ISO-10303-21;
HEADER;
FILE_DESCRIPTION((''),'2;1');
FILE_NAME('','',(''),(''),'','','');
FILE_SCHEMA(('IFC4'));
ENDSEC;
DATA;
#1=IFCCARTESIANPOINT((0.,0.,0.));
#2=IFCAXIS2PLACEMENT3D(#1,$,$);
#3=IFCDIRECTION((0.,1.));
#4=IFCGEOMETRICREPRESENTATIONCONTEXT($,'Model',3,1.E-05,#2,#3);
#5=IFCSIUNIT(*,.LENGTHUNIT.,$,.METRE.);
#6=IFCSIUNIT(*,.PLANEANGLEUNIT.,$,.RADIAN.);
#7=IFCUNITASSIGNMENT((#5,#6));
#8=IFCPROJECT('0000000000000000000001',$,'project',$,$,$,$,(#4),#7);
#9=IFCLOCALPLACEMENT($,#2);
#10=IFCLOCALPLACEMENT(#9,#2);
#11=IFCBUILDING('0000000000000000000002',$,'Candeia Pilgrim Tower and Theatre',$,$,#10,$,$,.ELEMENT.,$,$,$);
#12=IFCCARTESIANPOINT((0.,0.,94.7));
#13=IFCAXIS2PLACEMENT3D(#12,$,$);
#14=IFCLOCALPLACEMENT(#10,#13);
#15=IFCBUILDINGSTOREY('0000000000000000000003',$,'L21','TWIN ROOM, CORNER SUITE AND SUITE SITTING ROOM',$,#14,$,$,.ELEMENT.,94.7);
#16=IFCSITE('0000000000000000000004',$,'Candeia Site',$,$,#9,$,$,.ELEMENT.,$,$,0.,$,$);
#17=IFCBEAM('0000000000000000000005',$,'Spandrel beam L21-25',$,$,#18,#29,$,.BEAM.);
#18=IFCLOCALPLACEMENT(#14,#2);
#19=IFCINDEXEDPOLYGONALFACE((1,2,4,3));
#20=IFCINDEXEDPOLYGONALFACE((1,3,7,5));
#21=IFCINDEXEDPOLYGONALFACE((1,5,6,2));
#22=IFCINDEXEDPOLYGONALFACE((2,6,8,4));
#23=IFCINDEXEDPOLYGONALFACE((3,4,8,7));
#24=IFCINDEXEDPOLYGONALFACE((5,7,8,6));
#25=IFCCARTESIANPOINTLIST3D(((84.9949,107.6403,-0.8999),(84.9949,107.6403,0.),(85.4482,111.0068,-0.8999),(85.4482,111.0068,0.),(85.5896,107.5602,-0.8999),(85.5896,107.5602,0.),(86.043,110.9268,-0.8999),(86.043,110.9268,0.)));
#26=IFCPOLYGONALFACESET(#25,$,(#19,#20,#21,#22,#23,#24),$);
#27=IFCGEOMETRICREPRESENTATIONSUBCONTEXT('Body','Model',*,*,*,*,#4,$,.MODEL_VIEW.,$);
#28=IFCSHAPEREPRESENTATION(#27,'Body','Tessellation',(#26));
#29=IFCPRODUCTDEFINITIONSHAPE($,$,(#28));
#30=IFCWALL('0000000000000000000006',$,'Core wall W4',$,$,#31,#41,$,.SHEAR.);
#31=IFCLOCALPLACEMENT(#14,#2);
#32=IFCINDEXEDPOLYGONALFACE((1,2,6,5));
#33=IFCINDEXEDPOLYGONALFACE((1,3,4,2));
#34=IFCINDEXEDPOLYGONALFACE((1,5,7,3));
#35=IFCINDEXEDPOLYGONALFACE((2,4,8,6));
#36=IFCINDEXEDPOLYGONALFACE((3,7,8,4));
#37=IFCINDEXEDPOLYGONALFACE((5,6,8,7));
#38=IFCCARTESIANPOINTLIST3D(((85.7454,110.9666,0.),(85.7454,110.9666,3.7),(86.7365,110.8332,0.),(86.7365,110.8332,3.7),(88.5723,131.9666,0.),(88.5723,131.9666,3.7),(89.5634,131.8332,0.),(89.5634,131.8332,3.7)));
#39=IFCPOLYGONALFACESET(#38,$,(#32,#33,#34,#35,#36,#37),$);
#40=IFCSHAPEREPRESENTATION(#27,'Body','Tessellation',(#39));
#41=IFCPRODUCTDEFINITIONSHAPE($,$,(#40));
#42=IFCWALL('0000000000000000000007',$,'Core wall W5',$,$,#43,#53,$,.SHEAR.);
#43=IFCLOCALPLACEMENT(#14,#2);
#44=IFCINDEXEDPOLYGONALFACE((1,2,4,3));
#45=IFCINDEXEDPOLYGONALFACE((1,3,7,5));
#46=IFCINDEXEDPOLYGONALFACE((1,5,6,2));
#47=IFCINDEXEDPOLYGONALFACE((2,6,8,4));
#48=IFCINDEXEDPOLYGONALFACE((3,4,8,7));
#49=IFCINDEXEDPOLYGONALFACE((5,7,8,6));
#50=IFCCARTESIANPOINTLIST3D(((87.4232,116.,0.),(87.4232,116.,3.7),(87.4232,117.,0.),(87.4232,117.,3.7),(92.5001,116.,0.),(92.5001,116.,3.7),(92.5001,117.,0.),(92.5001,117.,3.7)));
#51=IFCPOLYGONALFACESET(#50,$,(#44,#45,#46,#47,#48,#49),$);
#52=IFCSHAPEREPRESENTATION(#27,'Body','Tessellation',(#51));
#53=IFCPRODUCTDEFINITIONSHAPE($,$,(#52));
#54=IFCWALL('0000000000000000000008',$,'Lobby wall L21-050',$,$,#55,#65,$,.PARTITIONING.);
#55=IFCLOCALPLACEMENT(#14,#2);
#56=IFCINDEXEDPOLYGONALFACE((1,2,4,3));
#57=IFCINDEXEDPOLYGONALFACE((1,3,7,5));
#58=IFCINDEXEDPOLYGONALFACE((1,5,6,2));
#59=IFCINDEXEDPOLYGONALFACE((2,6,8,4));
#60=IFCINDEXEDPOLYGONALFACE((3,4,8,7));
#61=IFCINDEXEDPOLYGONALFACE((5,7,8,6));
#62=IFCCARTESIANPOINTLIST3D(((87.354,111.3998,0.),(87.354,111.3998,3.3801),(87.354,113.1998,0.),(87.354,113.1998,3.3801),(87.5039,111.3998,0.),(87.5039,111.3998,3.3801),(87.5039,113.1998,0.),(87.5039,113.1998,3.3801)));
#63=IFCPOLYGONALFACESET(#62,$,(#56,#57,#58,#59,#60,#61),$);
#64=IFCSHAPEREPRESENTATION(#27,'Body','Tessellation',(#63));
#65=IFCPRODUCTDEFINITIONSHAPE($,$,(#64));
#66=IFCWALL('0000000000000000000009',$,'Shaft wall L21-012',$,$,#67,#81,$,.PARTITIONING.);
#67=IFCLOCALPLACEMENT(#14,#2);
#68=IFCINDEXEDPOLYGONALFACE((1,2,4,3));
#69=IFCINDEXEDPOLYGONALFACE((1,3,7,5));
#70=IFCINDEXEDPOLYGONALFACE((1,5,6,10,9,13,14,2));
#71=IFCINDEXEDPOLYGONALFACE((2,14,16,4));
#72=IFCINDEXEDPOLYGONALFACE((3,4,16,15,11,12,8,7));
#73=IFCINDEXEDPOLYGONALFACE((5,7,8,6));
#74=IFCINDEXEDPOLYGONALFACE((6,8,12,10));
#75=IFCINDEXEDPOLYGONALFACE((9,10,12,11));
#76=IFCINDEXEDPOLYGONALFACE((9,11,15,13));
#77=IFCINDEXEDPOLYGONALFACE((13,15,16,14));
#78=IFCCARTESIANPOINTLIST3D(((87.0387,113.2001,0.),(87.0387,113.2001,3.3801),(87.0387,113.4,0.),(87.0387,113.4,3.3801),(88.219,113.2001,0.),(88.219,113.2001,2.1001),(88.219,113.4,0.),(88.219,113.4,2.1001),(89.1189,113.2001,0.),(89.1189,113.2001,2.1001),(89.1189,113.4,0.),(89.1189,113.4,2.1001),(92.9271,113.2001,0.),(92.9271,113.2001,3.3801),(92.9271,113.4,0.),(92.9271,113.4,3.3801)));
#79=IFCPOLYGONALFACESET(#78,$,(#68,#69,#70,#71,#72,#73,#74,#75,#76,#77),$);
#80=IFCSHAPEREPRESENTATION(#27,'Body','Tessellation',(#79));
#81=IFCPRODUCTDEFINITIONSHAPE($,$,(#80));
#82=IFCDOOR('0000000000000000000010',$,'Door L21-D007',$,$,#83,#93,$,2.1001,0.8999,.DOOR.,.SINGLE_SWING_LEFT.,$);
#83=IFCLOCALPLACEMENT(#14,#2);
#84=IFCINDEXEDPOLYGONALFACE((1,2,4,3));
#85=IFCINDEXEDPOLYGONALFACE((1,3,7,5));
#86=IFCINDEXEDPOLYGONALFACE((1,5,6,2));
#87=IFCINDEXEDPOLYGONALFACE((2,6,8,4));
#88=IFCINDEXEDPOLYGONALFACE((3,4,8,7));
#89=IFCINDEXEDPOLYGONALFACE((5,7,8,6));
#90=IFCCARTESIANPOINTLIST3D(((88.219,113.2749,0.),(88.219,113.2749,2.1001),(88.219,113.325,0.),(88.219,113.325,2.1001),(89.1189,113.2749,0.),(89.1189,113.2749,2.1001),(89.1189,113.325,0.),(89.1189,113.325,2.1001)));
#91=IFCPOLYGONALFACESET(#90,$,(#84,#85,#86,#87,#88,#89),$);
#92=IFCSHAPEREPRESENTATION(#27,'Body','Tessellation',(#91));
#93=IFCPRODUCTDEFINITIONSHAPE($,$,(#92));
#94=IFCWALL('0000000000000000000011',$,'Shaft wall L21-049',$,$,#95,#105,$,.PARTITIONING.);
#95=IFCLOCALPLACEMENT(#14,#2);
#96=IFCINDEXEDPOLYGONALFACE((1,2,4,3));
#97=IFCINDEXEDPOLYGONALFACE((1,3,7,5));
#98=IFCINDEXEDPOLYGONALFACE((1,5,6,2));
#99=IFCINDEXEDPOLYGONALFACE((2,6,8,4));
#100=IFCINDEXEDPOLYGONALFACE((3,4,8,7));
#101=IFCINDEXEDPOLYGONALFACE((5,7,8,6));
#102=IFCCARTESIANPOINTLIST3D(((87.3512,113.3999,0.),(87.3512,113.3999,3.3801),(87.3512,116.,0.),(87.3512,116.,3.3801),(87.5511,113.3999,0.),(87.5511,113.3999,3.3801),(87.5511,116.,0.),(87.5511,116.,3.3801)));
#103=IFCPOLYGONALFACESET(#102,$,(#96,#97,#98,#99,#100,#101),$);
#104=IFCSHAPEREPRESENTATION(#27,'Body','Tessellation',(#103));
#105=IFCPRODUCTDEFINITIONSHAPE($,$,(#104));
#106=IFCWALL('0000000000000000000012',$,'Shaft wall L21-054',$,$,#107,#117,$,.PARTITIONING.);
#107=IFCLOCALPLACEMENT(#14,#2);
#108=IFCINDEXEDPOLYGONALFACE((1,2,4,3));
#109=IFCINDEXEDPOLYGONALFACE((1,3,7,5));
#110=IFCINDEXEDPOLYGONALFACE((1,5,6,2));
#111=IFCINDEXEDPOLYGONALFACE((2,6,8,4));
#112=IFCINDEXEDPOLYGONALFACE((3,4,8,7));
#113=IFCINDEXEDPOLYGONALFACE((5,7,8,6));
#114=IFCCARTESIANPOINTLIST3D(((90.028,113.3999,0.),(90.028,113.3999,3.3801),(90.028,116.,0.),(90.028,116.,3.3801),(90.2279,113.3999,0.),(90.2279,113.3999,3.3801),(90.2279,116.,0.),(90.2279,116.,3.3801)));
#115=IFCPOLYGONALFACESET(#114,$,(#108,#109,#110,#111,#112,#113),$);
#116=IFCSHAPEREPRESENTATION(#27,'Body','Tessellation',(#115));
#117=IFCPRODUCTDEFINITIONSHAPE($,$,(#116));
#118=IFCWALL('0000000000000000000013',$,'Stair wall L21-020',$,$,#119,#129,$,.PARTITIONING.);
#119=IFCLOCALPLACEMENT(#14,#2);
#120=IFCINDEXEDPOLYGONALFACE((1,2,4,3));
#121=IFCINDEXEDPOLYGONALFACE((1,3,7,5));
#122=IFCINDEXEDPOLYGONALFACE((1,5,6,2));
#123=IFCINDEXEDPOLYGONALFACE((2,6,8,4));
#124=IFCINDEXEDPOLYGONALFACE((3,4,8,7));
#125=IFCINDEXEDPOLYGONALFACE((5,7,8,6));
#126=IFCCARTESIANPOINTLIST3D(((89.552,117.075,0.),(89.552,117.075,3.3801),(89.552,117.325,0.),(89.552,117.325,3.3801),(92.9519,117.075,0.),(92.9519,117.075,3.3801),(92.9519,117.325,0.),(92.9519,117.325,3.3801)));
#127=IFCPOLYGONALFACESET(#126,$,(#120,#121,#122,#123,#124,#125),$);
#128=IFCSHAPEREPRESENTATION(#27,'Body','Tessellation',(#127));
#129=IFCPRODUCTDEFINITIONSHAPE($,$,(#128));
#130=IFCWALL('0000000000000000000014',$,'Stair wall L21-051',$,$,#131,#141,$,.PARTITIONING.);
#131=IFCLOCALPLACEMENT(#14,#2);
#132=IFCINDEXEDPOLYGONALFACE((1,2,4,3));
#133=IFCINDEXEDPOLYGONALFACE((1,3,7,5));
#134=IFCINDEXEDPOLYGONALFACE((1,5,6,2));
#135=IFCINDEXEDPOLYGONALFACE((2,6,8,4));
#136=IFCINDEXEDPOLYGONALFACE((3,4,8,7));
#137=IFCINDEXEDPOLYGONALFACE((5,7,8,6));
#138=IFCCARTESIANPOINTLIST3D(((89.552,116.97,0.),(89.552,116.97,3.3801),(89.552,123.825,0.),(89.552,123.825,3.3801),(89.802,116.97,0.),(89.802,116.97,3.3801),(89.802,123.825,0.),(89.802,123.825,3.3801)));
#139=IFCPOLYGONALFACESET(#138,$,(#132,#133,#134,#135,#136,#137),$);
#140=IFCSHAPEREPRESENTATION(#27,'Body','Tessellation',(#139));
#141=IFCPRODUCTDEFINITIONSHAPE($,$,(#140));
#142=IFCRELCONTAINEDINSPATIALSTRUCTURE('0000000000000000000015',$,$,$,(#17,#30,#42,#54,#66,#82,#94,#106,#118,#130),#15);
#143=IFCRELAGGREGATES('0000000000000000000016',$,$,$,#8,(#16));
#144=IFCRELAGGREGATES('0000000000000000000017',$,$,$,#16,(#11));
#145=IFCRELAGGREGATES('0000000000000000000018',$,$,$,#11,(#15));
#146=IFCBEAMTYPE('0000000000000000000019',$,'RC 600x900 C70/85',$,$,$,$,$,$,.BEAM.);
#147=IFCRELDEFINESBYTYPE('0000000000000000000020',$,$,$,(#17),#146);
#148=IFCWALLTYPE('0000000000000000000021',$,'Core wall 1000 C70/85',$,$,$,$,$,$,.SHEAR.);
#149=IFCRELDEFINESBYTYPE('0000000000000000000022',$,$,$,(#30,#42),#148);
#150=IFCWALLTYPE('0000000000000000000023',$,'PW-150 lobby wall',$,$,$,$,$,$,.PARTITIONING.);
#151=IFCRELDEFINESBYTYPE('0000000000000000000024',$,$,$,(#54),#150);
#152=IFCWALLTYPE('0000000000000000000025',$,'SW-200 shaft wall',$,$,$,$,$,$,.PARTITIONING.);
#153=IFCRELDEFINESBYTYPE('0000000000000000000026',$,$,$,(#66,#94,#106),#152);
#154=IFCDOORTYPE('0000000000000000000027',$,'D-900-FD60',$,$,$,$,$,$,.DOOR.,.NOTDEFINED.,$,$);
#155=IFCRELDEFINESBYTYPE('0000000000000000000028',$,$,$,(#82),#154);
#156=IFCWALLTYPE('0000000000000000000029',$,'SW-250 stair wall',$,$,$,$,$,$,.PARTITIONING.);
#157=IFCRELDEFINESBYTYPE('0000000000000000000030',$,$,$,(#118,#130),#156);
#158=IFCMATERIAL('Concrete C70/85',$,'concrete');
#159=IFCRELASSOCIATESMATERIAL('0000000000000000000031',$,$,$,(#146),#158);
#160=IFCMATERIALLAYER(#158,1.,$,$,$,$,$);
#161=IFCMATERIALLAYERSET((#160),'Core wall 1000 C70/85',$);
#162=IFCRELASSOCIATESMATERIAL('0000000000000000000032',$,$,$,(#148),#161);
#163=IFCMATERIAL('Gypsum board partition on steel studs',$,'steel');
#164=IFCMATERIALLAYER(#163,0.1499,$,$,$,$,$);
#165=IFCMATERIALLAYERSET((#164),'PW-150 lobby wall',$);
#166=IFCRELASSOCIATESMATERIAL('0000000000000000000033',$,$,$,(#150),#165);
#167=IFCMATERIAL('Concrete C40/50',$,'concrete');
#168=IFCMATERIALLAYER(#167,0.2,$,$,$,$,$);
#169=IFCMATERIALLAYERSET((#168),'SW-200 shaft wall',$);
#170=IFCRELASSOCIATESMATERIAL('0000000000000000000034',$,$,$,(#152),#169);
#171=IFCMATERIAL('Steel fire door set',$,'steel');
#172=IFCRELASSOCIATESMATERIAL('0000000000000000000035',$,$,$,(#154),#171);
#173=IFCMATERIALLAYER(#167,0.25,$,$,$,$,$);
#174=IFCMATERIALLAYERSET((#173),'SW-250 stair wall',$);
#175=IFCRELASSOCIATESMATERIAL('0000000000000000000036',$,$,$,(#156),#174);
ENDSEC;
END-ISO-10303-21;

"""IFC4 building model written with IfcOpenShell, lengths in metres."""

from ifc_helpers import new_model, si_unit, direction, frame, frame_2d, origin, origin_2d, place, context, subcontext, project, spatial, rectangle, extrude, material, layer, layer_set, material_profile, profile_set, type_object, element, fill, save


model = new_model("IFC4")

# Units and contexts
model_context = context("Model", 3, precision=1e-05, world=origin(), true_north=direction((0.0, 1.0)))
body_context = subcontext(model_context, "Body", "Model", "MODEL_VIEW")
ifc_project = project(units=[si_unit("LENGTHUNIT", "METRE"), si_unit("PLANEANGLEUNIT", "RADIAN")], contexts=[model_context])

# Site, building, storey
site_placement = place(None, origin())
site = spatial("IfcSite", under=ifc_project, at=site_placement, Name="Candeia Site", CompositionType="ELEMENT", RefElevation=0.0)
building_placement = place(site_placement, origin())
building = spatial("IfcBuilding", under=site, at=building_placement, Name="Candeia Pilgrim Tower and Theatre", CompositionType="ELEMENT")
storey_placement = place(building_placement, frame((0.0, 0.0, 94.7)))
storey = spatial("IfcBuildingStorey", under=building, at=storey_placement, Name="L21", Description="TWIN ROOM, CORNER SUITE AND SUITE SITTING ROOM", CompositionType="ELEMENT", Elevation=94.7)

# Beam
ifc_material_1 = material(Name="Concrete C70/85", Category="concrete")
ifc_material_profile = material_profile(ifc_material_1, rectangle(XDim=0.6001, YDim=0.8999, at=origin_2d()))
ifc_profile_set = profile_set([ifc_material_profile], Name="Concrete C70/85")
beam_type = type_object("IfcBeamType", Name="RC 600x900 C70/85", PredefinedType="BEAM", material=ifc_profile_set)
beam_placement = place(storey_placement, frame((85.7456, 110.9668, -0.45), z_axis=(-0.133458, -0.991054, 0.0), x_axis=(0.991054, -0.133458, 0.0)))
element("IfcBeam", 1, at=beam_placement, inside=storey, type_object=beam_type, Name="Spandrel beam L21-25", PredefinedType="BEAM", context=body_context, shape_type="SweptSolid", body=[
    extrude(rectangle(XDim=0.6001, YDim=0.8999, at=origin_2d()), origin(), (0.0, 0.0, 1.0), 3.397),
])

# Walls
ifc_layer_1 = layer(ifc_material_1, 1.0)
ifc_layer_set_1 = layer_set([ifc_layer_1], Name="Core wall 1000 C70/85")
wall_type_1 = type_object("IfcWallType", Name="Core wall 1000 C70/85", PredefinedType="SHEAR", material=ifc_layer_set_1)
wall_1_placement = place(storey_placement, frame((86.241, 110.8999, 0.0), z_axis=(0.0, 0.0, 1.0), x_axis=(0.133411, 0.991061, 0.0)))
element("IfcWall", 2, at=wall_1_placement, inside=storey, type_object=wall_type_1, Name="Core wall W4", PredefinedType="SHEAR", context=body_context, shape_type="SweptSolid", body=[
    extrude(rectangle(XDim=21.1895, YDim=1.0, at=frame_2d((10.5947, 0.0))), origin(), (0.0, 0.0, 1.0), 3.7),
])
wall_2_placement = place(storey_placement, frame((87.4231, 116.5, 0.0), z_axis=(0.0, 0.0, 1.0), x_axis=(1.0, 0.0, 0.0)))
element("IfcWall", 3, at=wall_2_placement, inside=storey, type_object=wall_type_1, Name="Core wall W5", PredefinedType="SHEAR", context=body_context, shape_type="SweptSolid", body=[
    extrude(rectangle(XDim=5.0769, YDim=1.0, at=frame_2d((2.5386, 0.0))), origin(), (0.0, 0.0, 1.0), 3.7),
])
ifc_material_2 = material(Name="Gypsum board partition on steel studs", Category="steel")
ifc_layer_2 = layer(ifc_material_2, 0.1499)
ifc_layer_set_2 = layer_set([ifc_layer_2], Name="PW-150 lobby wall")
wall_type_2 = type_object("IfcWallType", Name="PW-150 lobby wall", PredefinedType="PARTITIONING", material=ifc_layer_set_2)
wall_3_placement = place(storey_placement, frame((87.429, 111.3999, 0.0), z_axis=(0.0, 0.0, 1.0), x_axis=(0.0, 1.0, 0.0)))
element("IfcWall", 4, at=wall_3_placement, inside=storey, type_object=wall_type_2, Name="Lobby wall L21-050", PredefinedType="PARTITIONING", context=body_context, shape_type="SweptSolid", body=[
    extrude(rectangle(XDim=1.8, YDim=0.1499, at=frame_2d((0.8999, 0.0))), origin(), (0.0, 0.0, 1.0), 3.3801),
])

# Wall, opening, door
ifc_material_3 = material(Name="Concrete C40/50", Category="concrete")
ifc_layer_3 = layer(ifc_material_3, 0.2)
ifc_layer_set_3 = layer_set([ifc_layer_3], Name="SW-200 shaft wall")
wall_type_3 = type_object("IfcWallType", Name="SW-200 shaft wall", PredefinedType="PARTITIONING", material=ifc_layer_set_3)
wall_4_placement = place(storey_placement, frame((87.0386, 113.3, 0.0), z_axis=(0.0, 0.0, 1.0), x_axis=(1.0, 0.0, 0.0)))
wall_4 = element("IfcWall", 5, at=wall_4_placement, inside=storey, type_object=wall_type_3, Name="Shaft wall L21-012", PredefinedType="PARTITIONING", context=body_context, shape_type="SweptSolid", body=[
    extrude(rectangle(XDim=5.8884, YDim=0.2, at=frame_2d((2.9443, 0.0))), origin(), (0.0, 0.0, 1.0), 3.3801),
])
opening_placement = place(wall_4_placement, frame((1.1804, 0.0, 0.0)))
opening = element("IfcOpeningElement", 6, at=opening_placement, cuts=wall_4, PredefinedType="OPENING", context=body_context, shape_type="SweptSolid", body=[
    extrude(rectangle(XDim=0.8999, YDim=2.1001, at=frame_2d((0.45, 1.05))), frame((0.0, 0.1099, 0.0), z_axis=(0.0, -1.0, 0.0), x_axis=(1.0, 0.0, 0.0)), (0.0, 0.0, 1.0), 0.22),
])
ifc_material_4 = material(Name="Steel fire door set", Category="steel")
door_type = type_object("IfcDoorType", Name="D-900-FD60", OperationType="NOTDEFINED", PredefinedType="DOOR", material=ifc_material_4)
door_placement = place(opening_placement, origin())
door = element("IfcDoor", 7, at=door_placement, inside=storey, type_object=door_type, Name="Door L21-D007", OperationType="SINGLE_SWING_LEFT", OverallHeight=2.1001, OverallWidth=0.8999, PredefinedType="DOOR", context=body_context, shape_type="SweptSolid", body=[
    extrude(rectangle(XDim=0.8999, YDim=2.1001, at=frame_2d((0.45, 1.05))), frame((0.0, 0.0249, 0.0), z_axis=(0.0, -1.0, 0.0), x_axis=(1.0, 0.0, 0.0)), (0.0, 0.0, 1.0), 0.05),
])
fill(opening, door)

# Walls
for number, where, z_axis, x_axis, name in (
    (8, (87.4512, 113.3999, 0.0), (0.0, 0.0, 1.0), (0.0, 1.0, 0.0), "Shaft wall L21-049"),
    (9, (90.1279, 113.3999, 0.0), (0.0, 0.0, 1.0), (0.0, 1.0, 0.0), "Shaft wall L21-054"),
):
    element("IfcWall", number, at=place(storey_placement, frame(where, z_axis=z_axis, x_axis=x_axis)), inside=storey, type_object=wall_type_3, Name=name, PredefinedType="PARTITIONING", context=body_context, shape_type="SweptSolid", body=[
        extrude(rectangle(XDim=2.6001, YDim=0.2, at=frame_2d((1.3, 0.0))), origin(), (0.0, 0.0, 1.0), 3.3801),
    ])
ifc_layer_4 = layer(ifc_material_3, 0.25)
ifc_layer_set_4 = layer_set([ifc_layer_4], Name="SW-250 stair wall")
wall_type_4 = type_object("IfcWallType", Name="SW-250 stair wall", PredefinedType="PARTITIONING", material=ifc_layer_set_4)
wall_5_placement = place(storey_placement, frame((89.552, 117.2, 0.0), z_axis=(0.0, 0.0, 1.0), x_axis=(1.0, 0.0, 0.0)))
element("IfcWall", 10, at=wall_5_placement, inside=storey, type_object=wall_type_4, Name="Stair wall L21-020", PredefinedType="PARTITIONING", context=body_context, shape_type="SweptSolid", body=[
    extrude(rectangle(XDim=3.3999, YDim=0.25, at=frame_2d((1.7, 0.0))), origin(), (0.0, 0.0, 1.0), 3.3801),
])
wall_6_placement = place(storey_placement, frame((89.677, 116.97, 0.0), z_axis=(0.0, 0.0, 1.0), x_axis=(0.0, 1.0, 0.0)))
element("IfcWall", 11, at=wall_6_placement, inside=storey, type_object=wall_type_4, Name="Stair wall L21-051", PredefinedType="PARTITIONING", context=body_context, shape_type="SweptSolid", body=[
    extrude(rectangle(XDim=6.855, YDim=0.25, at=frame_2d((3.4275, 0.0))), origin(), (0.0, 0.0, 1.0), 3.3801),
])

save(model, "model.ifc")
